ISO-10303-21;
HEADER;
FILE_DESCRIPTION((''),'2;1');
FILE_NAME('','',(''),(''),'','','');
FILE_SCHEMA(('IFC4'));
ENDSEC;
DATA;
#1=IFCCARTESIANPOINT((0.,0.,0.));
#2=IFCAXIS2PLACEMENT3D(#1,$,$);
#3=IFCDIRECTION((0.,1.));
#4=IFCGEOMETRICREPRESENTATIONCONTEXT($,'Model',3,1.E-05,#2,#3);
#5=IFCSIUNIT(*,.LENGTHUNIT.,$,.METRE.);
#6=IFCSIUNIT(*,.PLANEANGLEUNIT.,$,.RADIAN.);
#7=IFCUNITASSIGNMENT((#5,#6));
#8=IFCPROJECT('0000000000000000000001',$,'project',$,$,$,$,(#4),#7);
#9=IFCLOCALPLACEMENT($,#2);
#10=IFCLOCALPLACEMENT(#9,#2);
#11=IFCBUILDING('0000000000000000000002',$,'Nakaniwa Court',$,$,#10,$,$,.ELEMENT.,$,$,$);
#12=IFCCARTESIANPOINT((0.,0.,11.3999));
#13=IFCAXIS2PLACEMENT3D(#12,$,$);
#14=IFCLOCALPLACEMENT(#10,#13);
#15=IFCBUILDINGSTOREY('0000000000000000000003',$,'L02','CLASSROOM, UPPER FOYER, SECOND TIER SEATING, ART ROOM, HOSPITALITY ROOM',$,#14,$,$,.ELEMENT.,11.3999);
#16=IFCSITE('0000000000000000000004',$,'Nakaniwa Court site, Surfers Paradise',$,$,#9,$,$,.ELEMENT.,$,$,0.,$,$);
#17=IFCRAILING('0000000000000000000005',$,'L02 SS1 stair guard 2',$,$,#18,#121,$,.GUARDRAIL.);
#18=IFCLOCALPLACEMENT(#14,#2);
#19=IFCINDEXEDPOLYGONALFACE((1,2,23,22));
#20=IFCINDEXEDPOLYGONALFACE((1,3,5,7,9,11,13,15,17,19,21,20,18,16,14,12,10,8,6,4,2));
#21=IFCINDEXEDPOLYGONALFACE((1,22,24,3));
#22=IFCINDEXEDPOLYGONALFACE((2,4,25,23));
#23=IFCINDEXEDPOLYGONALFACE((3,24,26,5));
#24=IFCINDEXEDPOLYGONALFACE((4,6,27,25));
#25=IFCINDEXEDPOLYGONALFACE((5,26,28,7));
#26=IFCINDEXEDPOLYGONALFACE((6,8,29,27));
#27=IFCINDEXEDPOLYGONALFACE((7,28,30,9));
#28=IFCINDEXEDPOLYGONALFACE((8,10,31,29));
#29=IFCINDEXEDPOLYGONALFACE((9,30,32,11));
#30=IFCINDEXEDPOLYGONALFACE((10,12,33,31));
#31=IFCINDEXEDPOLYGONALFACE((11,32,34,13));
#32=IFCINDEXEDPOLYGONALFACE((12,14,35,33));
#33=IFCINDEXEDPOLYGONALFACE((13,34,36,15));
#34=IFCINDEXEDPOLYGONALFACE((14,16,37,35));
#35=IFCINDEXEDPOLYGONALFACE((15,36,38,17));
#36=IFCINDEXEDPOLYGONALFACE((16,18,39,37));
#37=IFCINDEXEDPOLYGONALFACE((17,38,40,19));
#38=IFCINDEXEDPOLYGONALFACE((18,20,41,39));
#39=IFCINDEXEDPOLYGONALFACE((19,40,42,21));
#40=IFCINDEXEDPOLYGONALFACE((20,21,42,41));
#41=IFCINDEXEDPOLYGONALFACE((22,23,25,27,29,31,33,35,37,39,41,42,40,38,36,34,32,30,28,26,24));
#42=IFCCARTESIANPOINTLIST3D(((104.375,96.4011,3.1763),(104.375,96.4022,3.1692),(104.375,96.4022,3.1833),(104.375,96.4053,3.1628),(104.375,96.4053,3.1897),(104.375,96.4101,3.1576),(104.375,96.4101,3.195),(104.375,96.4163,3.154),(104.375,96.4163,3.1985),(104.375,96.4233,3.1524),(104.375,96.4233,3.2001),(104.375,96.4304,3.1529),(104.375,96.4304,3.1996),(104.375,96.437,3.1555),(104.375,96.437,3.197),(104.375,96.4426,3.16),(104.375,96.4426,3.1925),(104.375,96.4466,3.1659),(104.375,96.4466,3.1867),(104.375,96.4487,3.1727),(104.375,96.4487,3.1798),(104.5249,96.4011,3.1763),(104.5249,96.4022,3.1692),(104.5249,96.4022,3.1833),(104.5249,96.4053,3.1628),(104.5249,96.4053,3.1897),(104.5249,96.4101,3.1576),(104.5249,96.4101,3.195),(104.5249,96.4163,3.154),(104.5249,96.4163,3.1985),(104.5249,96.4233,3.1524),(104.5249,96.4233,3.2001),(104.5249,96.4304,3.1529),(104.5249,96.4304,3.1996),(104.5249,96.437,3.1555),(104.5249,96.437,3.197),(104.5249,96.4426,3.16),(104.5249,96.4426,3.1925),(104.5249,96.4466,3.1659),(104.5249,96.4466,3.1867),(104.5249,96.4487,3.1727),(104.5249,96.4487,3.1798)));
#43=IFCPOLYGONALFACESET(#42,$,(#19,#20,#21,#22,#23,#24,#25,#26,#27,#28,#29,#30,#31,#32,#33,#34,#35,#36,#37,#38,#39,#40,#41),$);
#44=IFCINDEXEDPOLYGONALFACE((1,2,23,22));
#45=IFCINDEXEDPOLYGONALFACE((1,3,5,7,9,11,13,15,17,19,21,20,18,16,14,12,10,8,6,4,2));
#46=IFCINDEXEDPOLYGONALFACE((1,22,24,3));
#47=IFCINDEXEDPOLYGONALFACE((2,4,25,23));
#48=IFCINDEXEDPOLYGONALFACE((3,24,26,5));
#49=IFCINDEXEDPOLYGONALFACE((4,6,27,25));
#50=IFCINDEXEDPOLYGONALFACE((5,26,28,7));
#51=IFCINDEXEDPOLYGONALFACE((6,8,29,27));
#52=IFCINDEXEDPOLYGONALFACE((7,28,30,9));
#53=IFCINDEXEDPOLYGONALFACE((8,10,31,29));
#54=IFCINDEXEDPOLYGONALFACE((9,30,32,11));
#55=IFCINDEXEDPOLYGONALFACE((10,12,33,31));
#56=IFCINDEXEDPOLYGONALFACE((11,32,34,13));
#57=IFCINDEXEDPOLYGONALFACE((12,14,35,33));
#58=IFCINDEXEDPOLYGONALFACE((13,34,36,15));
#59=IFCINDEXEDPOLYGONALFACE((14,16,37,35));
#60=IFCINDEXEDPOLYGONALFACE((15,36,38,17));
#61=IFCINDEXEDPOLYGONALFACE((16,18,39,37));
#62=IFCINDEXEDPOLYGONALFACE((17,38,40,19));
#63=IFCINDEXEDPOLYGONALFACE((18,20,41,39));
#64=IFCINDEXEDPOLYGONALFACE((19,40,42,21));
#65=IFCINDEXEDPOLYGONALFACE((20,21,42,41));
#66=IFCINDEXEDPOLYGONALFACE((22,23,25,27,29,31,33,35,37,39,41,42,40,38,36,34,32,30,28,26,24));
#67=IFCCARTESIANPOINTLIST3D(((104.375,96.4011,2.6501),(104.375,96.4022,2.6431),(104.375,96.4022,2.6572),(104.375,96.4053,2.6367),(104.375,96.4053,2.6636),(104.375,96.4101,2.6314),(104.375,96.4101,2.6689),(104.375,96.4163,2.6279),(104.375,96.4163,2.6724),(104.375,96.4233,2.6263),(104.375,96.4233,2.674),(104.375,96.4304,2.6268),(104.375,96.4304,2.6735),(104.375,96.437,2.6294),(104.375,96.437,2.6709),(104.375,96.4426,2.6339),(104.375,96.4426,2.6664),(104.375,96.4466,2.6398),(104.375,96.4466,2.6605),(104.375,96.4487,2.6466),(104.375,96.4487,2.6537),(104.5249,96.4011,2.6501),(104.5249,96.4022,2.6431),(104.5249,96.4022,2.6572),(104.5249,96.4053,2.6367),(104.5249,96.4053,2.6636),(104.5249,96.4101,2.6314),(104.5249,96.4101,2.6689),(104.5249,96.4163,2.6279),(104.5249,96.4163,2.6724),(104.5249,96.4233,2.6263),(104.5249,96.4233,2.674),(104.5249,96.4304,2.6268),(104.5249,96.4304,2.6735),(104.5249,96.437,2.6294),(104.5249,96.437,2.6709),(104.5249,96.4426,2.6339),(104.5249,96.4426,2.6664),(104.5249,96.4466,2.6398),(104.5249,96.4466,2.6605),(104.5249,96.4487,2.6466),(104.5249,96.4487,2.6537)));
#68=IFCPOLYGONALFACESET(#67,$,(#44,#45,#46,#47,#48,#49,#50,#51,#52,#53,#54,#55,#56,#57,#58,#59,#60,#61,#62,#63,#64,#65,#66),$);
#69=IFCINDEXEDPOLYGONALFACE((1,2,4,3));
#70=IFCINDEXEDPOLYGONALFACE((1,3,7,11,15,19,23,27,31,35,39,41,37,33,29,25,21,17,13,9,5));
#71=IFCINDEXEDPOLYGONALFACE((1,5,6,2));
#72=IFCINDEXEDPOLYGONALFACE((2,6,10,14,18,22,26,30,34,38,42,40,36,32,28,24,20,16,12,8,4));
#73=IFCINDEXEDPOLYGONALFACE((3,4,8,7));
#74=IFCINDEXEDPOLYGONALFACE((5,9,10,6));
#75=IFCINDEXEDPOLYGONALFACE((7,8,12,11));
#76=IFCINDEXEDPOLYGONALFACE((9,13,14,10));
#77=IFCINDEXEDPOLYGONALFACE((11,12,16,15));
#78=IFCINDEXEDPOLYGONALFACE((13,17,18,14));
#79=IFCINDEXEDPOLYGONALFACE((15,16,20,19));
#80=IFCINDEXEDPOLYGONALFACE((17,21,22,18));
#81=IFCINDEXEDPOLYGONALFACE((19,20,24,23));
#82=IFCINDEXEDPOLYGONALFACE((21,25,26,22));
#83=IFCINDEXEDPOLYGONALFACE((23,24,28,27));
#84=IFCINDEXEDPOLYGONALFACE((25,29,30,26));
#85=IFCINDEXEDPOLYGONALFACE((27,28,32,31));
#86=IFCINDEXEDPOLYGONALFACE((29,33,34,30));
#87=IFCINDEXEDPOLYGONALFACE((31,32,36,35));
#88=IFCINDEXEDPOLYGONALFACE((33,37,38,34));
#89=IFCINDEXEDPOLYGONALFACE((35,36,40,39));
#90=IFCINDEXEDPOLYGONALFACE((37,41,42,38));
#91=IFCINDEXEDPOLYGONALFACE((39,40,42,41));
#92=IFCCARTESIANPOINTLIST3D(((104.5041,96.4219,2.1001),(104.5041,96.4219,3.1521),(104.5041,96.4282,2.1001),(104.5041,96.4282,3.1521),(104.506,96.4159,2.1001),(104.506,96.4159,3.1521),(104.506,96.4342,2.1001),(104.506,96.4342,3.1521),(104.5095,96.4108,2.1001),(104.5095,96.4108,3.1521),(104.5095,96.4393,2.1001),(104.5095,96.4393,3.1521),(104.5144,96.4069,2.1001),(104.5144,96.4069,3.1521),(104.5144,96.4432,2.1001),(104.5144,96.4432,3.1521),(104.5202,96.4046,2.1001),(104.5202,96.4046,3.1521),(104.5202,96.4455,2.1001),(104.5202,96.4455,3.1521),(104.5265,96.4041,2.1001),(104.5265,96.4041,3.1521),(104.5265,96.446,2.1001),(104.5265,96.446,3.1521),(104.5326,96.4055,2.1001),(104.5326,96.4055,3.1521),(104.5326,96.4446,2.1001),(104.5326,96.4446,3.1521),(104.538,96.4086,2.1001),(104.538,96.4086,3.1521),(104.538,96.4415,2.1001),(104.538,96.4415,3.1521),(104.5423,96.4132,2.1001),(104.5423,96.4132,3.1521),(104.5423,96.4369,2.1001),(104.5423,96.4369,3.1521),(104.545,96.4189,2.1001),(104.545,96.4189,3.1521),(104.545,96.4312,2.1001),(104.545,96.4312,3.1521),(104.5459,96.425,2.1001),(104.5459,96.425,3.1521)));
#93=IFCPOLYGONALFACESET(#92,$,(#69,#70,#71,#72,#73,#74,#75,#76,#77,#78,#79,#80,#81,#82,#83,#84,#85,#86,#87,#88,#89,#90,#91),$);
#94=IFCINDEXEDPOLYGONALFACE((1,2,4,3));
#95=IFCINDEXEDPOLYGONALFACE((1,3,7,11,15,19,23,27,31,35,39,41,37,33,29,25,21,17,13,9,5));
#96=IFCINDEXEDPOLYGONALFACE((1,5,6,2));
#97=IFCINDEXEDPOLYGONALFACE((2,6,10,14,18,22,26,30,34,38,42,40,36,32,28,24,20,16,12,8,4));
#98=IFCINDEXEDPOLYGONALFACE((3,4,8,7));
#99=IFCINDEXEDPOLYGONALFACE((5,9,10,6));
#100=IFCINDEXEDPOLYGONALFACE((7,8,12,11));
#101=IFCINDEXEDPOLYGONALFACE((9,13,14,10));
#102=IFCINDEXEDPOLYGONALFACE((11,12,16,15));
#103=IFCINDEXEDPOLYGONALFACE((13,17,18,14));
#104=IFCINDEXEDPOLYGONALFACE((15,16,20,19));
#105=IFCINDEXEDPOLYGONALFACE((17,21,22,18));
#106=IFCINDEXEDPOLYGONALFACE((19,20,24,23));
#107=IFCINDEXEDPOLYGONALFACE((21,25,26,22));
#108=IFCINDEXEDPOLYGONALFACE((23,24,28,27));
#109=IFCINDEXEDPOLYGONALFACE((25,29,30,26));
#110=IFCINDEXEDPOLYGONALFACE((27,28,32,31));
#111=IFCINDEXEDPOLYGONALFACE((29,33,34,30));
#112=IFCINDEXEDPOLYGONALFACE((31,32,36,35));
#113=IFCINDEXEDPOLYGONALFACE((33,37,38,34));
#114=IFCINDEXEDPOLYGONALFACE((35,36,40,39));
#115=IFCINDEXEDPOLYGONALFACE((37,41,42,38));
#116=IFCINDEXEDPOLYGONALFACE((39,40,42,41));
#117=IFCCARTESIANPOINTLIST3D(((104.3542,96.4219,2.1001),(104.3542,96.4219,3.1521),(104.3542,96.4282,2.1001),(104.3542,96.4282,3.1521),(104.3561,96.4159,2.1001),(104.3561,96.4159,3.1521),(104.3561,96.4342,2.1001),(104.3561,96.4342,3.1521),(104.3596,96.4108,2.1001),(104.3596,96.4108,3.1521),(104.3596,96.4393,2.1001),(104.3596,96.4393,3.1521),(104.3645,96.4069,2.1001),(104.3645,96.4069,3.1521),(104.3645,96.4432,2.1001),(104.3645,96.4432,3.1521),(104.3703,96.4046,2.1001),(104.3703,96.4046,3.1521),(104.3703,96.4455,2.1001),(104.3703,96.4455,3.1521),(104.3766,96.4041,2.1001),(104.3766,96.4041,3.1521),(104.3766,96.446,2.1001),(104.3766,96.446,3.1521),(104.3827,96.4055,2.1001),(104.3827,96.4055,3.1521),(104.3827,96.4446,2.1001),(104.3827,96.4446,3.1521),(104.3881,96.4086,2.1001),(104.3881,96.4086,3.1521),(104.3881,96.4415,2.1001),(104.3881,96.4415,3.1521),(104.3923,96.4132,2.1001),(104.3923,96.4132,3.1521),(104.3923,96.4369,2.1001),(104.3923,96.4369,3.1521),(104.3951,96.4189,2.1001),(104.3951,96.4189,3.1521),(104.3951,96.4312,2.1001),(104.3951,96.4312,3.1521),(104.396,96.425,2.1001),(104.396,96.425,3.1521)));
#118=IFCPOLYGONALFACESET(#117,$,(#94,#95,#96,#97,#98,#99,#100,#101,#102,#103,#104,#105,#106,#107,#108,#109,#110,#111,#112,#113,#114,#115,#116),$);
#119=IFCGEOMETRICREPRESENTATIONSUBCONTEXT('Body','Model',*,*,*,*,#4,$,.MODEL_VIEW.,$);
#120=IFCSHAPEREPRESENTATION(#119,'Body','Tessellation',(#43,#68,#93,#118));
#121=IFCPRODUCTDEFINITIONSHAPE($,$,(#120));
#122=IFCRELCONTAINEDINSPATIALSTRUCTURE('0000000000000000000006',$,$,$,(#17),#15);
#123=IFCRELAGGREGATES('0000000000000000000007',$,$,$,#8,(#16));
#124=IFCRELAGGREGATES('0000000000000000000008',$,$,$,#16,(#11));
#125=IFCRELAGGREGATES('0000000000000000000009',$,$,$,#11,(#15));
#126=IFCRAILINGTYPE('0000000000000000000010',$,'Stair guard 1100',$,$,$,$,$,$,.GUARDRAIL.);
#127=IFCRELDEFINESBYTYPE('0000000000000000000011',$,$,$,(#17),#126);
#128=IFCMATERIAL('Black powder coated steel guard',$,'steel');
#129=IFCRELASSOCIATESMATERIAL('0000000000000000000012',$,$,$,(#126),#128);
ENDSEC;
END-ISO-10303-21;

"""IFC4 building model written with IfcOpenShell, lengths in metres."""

from ifc_helpers import new_model, si_unit, direction, frame, origin, origin_2d, place, context, subcontext, project, spatial, circle, extrude, material, type_object, element, save


model = new_model("IFC4")

# Units and contexts
model_context = context("Model", 3, precision=1e-05, world=origin(), true_north=direction((0.0, 1.0)))
body_context = subcontext(model_context, "Body", "Model", "MODEL_VIEW")
ifc_project = project(units=[si_unit("LENGTHUNIT", "METRE"), si_unit("PLANEANGLEUNIT", "RADIAN")], contexts=[model_context])

# Site, building, storey
site_placement = place(None, origin())
site = spatial("IfcSite", under=ifc_project, at=site_placement, Name="Nakaniwa Court site, Surfers Paradise", CompositionType="ELEMENT", RefElevation=0.0)
building_placement = place(site_placement, origin())
building = spatial("IfcBuilding", under=site, at=building_placement, Name="Nakaniwa Court", CompositionType="ELEMENT")
storey_placement = place(building_placement, frame((0.0, 0.0, 11.3999)))
storey = spatial("IfcBuildingStorey", under=building, at=storey_placement, Name="L02", Description="CLASSROOM, UPPER FOYER, SECOND TIER SEATING, ART ROOM, HOSPITALITY ROOM", CompositionType="ELEMENT", Elevation=11.3999)

# Railing
ifc_material_1 = material(Name="Black powder coated steel guard", Category="steel")
railing_type_1 = type_object("IfcRailingType", Name="Stair guard 1100", PredefinedType="GUARDRAIL", material=ifc_material_1)
railing_1_placement = place(storey_placement, frame((104.5249, 96.425, 2.1001)))
element("IfcRailing", 1, at=railing_1_placement, inside=storey, type_object=railing_type_1, Name="L02 SS1 stair guard 2", PredefinedType="GUARDRAIL", context=body_context, shape_type="SweptSolid", body=[
    extrude(circle(Radius=0.0239, at=origin_2d()), frame((0.0, 0.0, 1.0762), z_axis=(-1.0, 0.0, 0.0), x_axis=(0.0, -1.0, 0.0)), (0.0, 0.0, 1.0), 0.1499),
    extrude(circle(Radius=0.0239, at=origin_2d()), frame((0.0, 0.0, 0.55), z_axis=(-1.0, 0.0, 0.0), x_axis=(0.0, -1.0, 0.0)), (0.0, 0.0, 1.0), 0.1499),
    extrude(circle(Radius=0.021, at=origin_2d()), origin(), (0.0, 0.0, 1.0), 1.052),
    extrude(circle(Radius=0.021, at=origin_2d()), frame((-0.1499, 0.0, 0.0)), (0.0, 0.0, 1.0), 1.052),
])

save(model, "model.ifc")
